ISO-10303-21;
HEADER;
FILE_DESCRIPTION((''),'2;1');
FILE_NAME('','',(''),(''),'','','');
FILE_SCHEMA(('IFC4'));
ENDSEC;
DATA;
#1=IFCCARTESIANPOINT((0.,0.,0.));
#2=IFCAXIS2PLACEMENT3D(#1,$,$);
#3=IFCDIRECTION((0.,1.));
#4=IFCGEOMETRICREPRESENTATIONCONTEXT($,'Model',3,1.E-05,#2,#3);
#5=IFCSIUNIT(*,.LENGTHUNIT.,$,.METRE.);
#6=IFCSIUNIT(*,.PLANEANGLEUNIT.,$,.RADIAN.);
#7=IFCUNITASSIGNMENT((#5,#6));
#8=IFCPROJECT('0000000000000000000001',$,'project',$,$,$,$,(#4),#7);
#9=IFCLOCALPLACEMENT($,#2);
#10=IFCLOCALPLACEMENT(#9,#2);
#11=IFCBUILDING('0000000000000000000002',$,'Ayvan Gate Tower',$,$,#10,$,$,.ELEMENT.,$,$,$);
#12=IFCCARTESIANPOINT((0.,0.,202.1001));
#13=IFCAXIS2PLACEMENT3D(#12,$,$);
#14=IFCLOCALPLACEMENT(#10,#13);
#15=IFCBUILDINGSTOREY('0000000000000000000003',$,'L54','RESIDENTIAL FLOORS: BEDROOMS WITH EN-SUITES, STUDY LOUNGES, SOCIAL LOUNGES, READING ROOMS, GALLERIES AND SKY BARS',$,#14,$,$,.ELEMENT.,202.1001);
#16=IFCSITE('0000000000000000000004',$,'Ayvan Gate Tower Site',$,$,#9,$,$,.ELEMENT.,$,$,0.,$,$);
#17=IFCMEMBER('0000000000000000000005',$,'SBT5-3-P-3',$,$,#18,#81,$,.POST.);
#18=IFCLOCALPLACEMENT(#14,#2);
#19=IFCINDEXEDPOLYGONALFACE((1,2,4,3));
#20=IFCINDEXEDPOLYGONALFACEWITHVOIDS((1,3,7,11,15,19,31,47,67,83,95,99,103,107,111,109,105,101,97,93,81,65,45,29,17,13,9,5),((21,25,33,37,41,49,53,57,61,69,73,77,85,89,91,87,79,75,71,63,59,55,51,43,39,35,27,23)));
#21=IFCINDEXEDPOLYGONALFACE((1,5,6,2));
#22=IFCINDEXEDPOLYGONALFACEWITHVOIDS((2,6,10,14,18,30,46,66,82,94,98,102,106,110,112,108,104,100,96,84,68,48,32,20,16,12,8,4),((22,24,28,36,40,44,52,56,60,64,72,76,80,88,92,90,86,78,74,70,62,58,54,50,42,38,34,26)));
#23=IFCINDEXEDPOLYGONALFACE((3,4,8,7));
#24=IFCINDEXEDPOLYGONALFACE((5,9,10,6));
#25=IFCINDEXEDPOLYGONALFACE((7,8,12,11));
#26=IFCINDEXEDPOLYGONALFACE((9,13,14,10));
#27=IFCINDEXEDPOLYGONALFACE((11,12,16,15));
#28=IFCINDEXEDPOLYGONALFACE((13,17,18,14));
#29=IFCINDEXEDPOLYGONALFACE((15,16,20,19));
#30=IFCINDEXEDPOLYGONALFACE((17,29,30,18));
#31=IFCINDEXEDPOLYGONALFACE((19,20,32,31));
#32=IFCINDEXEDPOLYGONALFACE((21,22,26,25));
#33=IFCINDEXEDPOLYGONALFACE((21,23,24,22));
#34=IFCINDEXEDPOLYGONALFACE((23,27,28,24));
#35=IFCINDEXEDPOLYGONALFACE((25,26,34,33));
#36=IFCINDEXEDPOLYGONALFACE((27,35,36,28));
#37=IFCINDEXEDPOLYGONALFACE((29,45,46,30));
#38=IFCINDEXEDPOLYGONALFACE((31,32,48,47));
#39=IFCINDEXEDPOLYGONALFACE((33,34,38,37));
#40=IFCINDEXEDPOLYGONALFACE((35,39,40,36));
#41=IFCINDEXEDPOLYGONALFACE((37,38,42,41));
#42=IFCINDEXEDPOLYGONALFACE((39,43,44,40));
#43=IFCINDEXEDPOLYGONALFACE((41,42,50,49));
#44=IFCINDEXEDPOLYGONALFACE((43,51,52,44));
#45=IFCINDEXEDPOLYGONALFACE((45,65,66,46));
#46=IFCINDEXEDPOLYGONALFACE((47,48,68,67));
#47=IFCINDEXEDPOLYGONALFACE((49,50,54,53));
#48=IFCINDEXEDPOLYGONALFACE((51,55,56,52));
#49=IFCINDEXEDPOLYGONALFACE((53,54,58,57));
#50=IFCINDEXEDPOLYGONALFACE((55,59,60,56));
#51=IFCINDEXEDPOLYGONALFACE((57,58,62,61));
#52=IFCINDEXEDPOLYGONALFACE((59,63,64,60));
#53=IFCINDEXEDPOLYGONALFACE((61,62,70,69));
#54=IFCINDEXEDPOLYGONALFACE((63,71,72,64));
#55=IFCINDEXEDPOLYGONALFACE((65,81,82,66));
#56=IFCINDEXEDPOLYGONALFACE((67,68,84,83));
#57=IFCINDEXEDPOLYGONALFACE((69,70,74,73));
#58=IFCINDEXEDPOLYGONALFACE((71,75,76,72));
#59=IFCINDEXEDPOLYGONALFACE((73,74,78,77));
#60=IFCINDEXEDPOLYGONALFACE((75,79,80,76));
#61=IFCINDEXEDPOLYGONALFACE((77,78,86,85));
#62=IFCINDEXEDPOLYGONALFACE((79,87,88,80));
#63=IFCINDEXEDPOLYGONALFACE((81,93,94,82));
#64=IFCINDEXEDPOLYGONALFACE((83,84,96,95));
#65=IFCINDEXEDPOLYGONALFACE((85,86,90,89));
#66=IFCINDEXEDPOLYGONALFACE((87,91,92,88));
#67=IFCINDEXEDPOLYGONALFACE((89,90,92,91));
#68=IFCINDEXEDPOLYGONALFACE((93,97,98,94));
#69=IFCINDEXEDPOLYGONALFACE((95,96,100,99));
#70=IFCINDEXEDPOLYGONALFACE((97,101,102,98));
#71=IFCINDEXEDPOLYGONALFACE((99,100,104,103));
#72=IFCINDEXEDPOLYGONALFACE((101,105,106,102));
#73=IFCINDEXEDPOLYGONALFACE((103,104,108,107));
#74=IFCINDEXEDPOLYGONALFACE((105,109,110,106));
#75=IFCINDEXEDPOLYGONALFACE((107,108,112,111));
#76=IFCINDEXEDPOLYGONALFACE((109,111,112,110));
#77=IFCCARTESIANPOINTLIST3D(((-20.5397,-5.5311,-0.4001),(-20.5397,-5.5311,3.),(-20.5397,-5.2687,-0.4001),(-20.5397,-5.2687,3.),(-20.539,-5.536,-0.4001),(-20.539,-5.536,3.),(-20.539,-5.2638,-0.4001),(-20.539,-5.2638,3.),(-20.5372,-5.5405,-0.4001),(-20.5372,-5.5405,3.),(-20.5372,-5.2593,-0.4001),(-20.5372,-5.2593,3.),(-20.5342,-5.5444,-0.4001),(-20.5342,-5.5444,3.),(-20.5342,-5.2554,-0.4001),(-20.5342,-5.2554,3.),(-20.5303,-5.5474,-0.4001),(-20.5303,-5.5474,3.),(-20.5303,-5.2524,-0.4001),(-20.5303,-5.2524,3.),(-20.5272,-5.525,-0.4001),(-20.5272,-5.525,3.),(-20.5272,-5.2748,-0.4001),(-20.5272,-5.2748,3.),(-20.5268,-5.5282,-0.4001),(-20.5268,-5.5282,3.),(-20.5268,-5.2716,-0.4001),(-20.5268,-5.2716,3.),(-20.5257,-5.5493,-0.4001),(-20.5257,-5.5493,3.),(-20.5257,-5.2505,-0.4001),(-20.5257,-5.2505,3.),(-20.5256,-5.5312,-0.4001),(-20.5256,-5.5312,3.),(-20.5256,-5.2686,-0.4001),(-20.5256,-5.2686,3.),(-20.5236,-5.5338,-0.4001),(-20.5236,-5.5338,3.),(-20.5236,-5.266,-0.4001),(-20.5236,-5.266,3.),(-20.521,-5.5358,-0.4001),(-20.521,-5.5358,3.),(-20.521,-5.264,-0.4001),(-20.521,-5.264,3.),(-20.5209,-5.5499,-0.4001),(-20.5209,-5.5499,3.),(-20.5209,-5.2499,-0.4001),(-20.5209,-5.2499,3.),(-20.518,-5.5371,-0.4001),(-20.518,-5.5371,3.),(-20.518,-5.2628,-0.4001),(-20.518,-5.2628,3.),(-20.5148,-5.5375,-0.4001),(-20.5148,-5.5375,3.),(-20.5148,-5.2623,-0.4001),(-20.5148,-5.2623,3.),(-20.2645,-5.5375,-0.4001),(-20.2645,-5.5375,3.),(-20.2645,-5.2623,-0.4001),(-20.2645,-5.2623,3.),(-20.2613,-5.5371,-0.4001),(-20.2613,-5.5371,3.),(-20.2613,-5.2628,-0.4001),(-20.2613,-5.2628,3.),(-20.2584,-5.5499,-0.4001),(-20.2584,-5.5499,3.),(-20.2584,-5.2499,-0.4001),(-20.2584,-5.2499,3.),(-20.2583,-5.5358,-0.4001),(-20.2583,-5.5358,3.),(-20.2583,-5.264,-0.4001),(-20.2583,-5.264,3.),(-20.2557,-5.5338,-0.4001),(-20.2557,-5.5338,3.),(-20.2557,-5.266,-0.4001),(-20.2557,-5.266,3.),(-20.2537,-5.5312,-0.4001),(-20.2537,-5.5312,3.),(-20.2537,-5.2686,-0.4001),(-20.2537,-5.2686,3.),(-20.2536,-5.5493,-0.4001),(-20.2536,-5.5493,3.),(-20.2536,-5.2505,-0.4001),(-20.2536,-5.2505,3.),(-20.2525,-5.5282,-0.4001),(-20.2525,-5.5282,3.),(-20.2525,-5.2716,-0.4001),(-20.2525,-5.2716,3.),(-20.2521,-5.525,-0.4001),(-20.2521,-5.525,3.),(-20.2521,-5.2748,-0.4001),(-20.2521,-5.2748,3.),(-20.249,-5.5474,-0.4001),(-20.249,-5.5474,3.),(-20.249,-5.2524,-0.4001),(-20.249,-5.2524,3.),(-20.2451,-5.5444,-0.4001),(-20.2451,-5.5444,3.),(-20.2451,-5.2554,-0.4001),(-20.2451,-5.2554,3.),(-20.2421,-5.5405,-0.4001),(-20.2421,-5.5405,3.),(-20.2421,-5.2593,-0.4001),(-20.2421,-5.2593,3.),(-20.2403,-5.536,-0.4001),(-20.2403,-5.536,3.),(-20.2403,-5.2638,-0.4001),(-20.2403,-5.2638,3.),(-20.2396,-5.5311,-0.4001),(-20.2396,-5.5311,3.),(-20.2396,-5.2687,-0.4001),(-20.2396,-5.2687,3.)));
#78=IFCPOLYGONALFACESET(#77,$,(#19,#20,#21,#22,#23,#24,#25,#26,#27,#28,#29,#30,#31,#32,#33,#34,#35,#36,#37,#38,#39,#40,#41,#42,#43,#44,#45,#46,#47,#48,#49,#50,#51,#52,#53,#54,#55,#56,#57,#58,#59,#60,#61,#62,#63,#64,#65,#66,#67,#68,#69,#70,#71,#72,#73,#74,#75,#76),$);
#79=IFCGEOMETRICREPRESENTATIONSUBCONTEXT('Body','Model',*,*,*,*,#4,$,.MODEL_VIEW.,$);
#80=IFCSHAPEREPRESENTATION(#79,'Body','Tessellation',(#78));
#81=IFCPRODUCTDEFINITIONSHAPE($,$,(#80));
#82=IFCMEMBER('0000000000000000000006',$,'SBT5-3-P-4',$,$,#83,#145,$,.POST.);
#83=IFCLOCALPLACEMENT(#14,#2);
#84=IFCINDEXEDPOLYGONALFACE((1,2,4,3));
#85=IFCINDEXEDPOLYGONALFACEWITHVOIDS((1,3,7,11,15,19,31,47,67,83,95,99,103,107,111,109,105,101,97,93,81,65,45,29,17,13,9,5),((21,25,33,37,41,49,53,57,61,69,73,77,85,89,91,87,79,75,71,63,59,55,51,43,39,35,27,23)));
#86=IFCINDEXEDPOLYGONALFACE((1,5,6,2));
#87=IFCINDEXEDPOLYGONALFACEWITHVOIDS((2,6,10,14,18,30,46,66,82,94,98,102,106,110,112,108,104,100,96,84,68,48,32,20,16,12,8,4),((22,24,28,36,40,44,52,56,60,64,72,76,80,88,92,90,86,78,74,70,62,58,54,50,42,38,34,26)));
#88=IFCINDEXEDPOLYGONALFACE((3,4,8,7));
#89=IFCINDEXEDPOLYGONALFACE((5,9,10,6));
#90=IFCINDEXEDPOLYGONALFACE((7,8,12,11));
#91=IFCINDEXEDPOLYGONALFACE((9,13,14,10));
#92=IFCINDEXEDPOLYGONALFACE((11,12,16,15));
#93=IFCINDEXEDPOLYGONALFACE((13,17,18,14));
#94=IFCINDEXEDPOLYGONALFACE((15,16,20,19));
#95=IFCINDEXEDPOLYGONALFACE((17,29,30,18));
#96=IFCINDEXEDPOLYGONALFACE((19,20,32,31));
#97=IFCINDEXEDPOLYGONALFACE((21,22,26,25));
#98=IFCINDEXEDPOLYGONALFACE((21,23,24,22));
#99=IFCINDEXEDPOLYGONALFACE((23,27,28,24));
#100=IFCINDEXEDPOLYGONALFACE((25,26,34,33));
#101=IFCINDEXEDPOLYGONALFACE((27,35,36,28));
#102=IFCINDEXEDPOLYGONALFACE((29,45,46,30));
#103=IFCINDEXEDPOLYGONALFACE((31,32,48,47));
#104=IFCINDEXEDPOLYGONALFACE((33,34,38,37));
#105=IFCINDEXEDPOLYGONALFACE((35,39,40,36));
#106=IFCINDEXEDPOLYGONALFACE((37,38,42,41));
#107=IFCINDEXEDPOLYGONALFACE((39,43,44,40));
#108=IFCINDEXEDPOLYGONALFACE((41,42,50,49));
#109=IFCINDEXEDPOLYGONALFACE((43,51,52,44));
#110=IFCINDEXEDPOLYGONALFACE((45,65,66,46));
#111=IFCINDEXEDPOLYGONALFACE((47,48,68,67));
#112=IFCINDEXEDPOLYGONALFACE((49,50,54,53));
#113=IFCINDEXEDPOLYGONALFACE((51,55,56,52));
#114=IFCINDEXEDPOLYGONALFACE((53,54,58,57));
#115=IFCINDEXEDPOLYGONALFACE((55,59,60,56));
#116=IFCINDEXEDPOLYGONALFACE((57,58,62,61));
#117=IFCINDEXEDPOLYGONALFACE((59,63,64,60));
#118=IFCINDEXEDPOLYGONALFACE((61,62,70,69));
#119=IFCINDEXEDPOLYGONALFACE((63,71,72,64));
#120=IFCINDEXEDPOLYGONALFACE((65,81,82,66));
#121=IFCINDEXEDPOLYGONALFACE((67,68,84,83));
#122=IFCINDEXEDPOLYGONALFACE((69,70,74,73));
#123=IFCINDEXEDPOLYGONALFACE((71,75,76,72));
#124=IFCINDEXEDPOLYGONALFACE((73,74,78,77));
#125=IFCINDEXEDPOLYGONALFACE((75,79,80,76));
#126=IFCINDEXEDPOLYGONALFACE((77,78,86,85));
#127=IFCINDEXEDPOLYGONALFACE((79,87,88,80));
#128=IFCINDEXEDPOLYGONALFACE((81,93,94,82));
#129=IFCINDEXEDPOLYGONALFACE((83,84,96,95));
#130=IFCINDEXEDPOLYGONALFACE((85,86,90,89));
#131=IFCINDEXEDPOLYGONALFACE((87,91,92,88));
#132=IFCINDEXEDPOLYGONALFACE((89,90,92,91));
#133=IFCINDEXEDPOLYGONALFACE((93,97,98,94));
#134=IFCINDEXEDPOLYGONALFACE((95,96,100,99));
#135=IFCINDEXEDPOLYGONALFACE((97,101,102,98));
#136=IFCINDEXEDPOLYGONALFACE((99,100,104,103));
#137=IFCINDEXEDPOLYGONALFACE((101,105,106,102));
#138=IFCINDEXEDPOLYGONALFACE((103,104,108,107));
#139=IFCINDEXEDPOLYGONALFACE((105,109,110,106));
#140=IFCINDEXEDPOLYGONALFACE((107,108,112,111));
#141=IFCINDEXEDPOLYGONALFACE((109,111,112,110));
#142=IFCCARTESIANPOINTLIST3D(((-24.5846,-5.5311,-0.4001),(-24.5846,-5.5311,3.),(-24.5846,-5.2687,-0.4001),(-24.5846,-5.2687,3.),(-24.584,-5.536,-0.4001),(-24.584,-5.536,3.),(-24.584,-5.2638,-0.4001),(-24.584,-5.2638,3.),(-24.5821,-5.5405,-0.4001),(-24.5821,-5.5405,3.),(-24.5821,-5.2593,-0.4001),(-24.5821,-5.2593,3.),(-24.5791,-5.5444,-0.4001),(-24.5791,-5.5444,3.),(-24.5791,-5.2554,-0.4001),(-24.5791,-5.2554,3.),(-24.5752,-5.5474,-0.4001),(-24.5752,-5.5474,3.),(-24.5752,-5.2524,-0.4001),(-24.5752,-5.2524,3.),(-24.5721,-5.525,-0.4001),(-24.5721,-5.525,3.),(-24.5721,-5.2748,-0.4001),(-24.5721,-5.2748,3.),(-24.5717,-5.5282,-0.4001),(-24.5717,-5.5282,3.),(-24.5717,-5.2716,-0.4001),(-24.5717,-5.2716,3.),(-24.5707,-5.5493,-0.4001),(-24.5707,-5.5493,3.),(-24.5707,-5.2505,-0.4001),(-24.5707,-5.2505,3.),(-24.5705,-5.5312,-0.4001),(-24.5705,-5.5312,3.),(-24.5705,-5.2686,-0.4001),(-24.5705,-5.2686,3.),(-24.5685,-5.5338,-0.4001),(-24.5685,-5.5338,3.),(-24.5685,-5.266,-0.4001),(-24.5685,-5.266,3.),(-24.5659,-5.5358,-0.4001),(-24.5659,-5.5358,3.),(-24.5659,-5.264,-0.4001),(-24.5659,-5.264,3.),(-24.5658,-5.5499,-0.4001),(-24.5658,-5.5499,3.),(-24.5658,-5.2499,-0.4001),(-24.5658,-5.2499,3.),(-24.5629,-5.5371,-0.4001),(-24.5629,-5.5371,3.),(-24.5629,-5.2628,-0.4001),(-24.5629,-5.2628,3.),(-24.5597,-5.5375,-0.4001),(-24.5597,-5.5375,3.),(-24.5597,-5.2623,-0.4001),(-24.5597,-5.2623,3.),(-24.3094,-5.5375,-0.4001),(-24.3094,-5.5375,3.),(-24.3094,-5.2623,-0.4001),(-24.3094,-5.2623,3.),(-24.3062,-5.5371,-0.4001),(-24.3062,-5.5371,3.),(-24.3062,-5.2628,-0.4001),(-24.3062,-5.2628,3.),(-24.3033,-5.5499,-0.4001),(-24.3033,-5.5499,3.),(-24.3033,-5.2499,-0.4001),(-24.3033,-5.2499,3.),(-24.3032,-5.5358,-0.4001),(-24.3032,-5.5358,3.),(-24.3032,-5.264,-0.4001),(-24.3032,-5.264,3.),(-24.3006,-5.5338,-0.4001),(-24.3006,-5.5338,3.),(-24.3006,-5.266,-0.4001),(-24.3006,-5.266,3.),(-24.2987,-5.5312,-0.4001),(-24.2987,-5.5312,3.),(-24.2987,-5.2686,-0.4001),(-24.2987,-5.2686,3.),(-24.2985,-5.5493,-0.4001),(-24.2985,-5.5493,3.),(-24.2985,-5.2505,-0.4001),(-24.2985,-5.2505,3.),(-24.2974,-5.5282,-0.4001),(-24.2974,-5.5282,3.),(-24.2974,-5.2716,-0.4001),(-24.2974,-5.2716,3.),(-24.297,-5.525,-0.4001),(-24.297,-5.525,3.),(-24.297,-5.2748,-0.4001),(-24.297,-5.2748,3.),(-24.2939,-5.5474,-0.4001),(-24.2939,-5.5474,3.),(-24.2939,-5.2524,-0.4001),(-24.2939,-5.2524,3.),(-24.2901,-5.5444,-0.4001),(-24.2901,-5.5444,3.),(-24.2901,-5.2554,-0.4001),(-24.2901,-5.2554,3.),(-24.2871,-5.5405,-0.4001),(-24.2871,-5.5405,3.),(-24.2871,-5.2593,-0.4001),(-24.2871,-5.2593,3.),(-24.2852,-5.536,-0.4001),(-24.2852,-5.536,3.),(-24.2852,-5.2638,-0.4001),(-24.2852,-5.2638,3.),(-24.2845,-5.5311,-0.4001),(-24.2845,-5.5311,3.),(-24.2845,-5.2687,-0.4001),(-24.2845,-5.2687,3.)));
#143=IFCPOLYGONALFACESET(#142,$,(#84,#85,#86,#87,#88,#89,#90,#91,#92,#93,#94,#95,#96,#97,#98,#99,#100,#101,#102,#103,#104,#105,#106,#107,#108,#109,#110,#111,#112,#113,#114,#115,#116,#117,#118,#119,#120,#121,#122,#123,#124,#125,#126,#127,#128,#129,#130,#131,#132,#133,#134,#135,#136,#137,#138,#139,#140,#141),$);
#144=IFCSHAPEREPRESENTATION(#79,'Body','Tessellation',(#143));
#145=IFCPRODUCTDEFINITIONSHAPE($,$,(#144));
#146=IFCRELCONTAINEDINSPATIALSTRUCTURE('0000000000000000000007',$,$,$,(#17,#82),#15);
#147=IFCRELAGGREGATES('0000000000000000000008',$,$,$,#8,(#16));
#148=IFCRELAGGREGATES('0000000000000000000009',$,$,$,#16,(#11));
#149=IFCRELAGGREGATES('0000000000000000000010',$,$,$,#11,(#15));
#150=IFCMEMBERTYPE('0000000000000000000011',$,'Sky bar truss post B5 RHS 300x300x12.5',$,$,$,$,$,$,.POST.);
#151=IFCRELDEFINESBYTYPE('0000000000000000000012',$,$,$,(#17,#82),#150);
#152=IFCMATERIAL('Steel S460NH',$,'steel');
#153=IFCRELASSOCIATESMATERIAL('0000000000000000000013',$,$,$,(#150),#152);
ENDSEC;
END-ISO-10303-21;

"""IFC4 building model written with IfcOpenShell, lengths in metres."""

from ifc_helpers import new_model, si_unit, direction, frame, origin, origin_2d, place, context, subcontext, project, spatial, hollow_rectangle, extrude, material, material_profile, profile_set, type_object, element, save


model = new_model("IFC4")

# Units and contexts
model_context = context("Model", 3, precision=1e-05, world=origin(), true_north=direction((0.0, 1.0)))
body_context = subcontext(model_context, "Body", "Model", "MODEL_VIEW")
ifc_project = project(units=[si_unit("LENGTHUNIT", "METRE"), si_unit("PLANEANGLEUNIT", "RADIAN")], contexts=[model_context])

# Site, building, storey
site_placement = place(None, origin())
site = spatial("IfcSite", under=ifc_project, at=site_placement, Name="Ayvan Gate Tower Site", CompositionType="ELEMENT", RefElevation=0.0)
building_placement = place(site_placement, origin())
building = spatial("IfcBuilding", under=site, at=building_placement, Name="Ayvan Gate Tower", CompositionType="ELEMENT")
storey_placement = place(building_placement, frame((0.0, 0.0, 202.1001)))
storey = spatial("IfcBuildingStorey", under=building, at=storey_placement, Name="L54", Description="RESIDENTIAL FLOORS: BEDROOMS WITH EN-SUITES, STUDY LOUNGES, SOCIAL LOUNGES, READING ROOMS, GALLERIES AND SKY BARS", CompositionType="ELEMENT", Elevation=202.1001)

# Members
ifc_material_1 = material(Name="Steel S460NH", Category="steel")
ifc_material_profile_1 = material_profile(ifc_material_1, hollow_rectangle(XDim=0.3, YDim=0.3, WallThickness=0.0125, InnerFilletRadius=0.0125, OuterFilletRadius=0.0188, at=origin_2d()), Name="RHS 300x300x12.5")
ifc_profile_set_1 = profile_set([ifc_material_profile_1], Name="Steel S460NH")
member_type_1 = type_object("IfcMemberType", Name="Sky bar truss post B5 RHS 300x300x12.5", PredefinedType="POST", material=ifc_profile_set_1)
for number, where, z_axis, x_axis, name in (
    (1, (-20.3896, -5.3999, -0.4001), (0.0, 0.0, 1.0), (1.0, 0.0, 0.0), "SBT5-3-P-3"),
    (2, (-24.4346, -5.3999, -0.4001), (0.0, 0.0, 1.0), (1.0, 0.0, 0.0), "SBT5-3-P-4"),
):
    element("IfcMember", number, at=place(storey_placement, frame(where, z_axis=z_axis, x_axis=x_axis)), inside=storey, type_object=member_type_1, Name=name, PredefinedType="POST", context=body_context, shape_type="SweptSolid", body=[
        extrude(hollow_rectangle(XDim=0.3, YDim=0.3, WallThickness=0.0125, InnerFilletRadius=0.0125, OuterFilletRadius=0.0188, at=origin_2d()), origin(), (0.0, 0.0, 1.0), 3.4001),
    ])

save(model, "model.ifc")
